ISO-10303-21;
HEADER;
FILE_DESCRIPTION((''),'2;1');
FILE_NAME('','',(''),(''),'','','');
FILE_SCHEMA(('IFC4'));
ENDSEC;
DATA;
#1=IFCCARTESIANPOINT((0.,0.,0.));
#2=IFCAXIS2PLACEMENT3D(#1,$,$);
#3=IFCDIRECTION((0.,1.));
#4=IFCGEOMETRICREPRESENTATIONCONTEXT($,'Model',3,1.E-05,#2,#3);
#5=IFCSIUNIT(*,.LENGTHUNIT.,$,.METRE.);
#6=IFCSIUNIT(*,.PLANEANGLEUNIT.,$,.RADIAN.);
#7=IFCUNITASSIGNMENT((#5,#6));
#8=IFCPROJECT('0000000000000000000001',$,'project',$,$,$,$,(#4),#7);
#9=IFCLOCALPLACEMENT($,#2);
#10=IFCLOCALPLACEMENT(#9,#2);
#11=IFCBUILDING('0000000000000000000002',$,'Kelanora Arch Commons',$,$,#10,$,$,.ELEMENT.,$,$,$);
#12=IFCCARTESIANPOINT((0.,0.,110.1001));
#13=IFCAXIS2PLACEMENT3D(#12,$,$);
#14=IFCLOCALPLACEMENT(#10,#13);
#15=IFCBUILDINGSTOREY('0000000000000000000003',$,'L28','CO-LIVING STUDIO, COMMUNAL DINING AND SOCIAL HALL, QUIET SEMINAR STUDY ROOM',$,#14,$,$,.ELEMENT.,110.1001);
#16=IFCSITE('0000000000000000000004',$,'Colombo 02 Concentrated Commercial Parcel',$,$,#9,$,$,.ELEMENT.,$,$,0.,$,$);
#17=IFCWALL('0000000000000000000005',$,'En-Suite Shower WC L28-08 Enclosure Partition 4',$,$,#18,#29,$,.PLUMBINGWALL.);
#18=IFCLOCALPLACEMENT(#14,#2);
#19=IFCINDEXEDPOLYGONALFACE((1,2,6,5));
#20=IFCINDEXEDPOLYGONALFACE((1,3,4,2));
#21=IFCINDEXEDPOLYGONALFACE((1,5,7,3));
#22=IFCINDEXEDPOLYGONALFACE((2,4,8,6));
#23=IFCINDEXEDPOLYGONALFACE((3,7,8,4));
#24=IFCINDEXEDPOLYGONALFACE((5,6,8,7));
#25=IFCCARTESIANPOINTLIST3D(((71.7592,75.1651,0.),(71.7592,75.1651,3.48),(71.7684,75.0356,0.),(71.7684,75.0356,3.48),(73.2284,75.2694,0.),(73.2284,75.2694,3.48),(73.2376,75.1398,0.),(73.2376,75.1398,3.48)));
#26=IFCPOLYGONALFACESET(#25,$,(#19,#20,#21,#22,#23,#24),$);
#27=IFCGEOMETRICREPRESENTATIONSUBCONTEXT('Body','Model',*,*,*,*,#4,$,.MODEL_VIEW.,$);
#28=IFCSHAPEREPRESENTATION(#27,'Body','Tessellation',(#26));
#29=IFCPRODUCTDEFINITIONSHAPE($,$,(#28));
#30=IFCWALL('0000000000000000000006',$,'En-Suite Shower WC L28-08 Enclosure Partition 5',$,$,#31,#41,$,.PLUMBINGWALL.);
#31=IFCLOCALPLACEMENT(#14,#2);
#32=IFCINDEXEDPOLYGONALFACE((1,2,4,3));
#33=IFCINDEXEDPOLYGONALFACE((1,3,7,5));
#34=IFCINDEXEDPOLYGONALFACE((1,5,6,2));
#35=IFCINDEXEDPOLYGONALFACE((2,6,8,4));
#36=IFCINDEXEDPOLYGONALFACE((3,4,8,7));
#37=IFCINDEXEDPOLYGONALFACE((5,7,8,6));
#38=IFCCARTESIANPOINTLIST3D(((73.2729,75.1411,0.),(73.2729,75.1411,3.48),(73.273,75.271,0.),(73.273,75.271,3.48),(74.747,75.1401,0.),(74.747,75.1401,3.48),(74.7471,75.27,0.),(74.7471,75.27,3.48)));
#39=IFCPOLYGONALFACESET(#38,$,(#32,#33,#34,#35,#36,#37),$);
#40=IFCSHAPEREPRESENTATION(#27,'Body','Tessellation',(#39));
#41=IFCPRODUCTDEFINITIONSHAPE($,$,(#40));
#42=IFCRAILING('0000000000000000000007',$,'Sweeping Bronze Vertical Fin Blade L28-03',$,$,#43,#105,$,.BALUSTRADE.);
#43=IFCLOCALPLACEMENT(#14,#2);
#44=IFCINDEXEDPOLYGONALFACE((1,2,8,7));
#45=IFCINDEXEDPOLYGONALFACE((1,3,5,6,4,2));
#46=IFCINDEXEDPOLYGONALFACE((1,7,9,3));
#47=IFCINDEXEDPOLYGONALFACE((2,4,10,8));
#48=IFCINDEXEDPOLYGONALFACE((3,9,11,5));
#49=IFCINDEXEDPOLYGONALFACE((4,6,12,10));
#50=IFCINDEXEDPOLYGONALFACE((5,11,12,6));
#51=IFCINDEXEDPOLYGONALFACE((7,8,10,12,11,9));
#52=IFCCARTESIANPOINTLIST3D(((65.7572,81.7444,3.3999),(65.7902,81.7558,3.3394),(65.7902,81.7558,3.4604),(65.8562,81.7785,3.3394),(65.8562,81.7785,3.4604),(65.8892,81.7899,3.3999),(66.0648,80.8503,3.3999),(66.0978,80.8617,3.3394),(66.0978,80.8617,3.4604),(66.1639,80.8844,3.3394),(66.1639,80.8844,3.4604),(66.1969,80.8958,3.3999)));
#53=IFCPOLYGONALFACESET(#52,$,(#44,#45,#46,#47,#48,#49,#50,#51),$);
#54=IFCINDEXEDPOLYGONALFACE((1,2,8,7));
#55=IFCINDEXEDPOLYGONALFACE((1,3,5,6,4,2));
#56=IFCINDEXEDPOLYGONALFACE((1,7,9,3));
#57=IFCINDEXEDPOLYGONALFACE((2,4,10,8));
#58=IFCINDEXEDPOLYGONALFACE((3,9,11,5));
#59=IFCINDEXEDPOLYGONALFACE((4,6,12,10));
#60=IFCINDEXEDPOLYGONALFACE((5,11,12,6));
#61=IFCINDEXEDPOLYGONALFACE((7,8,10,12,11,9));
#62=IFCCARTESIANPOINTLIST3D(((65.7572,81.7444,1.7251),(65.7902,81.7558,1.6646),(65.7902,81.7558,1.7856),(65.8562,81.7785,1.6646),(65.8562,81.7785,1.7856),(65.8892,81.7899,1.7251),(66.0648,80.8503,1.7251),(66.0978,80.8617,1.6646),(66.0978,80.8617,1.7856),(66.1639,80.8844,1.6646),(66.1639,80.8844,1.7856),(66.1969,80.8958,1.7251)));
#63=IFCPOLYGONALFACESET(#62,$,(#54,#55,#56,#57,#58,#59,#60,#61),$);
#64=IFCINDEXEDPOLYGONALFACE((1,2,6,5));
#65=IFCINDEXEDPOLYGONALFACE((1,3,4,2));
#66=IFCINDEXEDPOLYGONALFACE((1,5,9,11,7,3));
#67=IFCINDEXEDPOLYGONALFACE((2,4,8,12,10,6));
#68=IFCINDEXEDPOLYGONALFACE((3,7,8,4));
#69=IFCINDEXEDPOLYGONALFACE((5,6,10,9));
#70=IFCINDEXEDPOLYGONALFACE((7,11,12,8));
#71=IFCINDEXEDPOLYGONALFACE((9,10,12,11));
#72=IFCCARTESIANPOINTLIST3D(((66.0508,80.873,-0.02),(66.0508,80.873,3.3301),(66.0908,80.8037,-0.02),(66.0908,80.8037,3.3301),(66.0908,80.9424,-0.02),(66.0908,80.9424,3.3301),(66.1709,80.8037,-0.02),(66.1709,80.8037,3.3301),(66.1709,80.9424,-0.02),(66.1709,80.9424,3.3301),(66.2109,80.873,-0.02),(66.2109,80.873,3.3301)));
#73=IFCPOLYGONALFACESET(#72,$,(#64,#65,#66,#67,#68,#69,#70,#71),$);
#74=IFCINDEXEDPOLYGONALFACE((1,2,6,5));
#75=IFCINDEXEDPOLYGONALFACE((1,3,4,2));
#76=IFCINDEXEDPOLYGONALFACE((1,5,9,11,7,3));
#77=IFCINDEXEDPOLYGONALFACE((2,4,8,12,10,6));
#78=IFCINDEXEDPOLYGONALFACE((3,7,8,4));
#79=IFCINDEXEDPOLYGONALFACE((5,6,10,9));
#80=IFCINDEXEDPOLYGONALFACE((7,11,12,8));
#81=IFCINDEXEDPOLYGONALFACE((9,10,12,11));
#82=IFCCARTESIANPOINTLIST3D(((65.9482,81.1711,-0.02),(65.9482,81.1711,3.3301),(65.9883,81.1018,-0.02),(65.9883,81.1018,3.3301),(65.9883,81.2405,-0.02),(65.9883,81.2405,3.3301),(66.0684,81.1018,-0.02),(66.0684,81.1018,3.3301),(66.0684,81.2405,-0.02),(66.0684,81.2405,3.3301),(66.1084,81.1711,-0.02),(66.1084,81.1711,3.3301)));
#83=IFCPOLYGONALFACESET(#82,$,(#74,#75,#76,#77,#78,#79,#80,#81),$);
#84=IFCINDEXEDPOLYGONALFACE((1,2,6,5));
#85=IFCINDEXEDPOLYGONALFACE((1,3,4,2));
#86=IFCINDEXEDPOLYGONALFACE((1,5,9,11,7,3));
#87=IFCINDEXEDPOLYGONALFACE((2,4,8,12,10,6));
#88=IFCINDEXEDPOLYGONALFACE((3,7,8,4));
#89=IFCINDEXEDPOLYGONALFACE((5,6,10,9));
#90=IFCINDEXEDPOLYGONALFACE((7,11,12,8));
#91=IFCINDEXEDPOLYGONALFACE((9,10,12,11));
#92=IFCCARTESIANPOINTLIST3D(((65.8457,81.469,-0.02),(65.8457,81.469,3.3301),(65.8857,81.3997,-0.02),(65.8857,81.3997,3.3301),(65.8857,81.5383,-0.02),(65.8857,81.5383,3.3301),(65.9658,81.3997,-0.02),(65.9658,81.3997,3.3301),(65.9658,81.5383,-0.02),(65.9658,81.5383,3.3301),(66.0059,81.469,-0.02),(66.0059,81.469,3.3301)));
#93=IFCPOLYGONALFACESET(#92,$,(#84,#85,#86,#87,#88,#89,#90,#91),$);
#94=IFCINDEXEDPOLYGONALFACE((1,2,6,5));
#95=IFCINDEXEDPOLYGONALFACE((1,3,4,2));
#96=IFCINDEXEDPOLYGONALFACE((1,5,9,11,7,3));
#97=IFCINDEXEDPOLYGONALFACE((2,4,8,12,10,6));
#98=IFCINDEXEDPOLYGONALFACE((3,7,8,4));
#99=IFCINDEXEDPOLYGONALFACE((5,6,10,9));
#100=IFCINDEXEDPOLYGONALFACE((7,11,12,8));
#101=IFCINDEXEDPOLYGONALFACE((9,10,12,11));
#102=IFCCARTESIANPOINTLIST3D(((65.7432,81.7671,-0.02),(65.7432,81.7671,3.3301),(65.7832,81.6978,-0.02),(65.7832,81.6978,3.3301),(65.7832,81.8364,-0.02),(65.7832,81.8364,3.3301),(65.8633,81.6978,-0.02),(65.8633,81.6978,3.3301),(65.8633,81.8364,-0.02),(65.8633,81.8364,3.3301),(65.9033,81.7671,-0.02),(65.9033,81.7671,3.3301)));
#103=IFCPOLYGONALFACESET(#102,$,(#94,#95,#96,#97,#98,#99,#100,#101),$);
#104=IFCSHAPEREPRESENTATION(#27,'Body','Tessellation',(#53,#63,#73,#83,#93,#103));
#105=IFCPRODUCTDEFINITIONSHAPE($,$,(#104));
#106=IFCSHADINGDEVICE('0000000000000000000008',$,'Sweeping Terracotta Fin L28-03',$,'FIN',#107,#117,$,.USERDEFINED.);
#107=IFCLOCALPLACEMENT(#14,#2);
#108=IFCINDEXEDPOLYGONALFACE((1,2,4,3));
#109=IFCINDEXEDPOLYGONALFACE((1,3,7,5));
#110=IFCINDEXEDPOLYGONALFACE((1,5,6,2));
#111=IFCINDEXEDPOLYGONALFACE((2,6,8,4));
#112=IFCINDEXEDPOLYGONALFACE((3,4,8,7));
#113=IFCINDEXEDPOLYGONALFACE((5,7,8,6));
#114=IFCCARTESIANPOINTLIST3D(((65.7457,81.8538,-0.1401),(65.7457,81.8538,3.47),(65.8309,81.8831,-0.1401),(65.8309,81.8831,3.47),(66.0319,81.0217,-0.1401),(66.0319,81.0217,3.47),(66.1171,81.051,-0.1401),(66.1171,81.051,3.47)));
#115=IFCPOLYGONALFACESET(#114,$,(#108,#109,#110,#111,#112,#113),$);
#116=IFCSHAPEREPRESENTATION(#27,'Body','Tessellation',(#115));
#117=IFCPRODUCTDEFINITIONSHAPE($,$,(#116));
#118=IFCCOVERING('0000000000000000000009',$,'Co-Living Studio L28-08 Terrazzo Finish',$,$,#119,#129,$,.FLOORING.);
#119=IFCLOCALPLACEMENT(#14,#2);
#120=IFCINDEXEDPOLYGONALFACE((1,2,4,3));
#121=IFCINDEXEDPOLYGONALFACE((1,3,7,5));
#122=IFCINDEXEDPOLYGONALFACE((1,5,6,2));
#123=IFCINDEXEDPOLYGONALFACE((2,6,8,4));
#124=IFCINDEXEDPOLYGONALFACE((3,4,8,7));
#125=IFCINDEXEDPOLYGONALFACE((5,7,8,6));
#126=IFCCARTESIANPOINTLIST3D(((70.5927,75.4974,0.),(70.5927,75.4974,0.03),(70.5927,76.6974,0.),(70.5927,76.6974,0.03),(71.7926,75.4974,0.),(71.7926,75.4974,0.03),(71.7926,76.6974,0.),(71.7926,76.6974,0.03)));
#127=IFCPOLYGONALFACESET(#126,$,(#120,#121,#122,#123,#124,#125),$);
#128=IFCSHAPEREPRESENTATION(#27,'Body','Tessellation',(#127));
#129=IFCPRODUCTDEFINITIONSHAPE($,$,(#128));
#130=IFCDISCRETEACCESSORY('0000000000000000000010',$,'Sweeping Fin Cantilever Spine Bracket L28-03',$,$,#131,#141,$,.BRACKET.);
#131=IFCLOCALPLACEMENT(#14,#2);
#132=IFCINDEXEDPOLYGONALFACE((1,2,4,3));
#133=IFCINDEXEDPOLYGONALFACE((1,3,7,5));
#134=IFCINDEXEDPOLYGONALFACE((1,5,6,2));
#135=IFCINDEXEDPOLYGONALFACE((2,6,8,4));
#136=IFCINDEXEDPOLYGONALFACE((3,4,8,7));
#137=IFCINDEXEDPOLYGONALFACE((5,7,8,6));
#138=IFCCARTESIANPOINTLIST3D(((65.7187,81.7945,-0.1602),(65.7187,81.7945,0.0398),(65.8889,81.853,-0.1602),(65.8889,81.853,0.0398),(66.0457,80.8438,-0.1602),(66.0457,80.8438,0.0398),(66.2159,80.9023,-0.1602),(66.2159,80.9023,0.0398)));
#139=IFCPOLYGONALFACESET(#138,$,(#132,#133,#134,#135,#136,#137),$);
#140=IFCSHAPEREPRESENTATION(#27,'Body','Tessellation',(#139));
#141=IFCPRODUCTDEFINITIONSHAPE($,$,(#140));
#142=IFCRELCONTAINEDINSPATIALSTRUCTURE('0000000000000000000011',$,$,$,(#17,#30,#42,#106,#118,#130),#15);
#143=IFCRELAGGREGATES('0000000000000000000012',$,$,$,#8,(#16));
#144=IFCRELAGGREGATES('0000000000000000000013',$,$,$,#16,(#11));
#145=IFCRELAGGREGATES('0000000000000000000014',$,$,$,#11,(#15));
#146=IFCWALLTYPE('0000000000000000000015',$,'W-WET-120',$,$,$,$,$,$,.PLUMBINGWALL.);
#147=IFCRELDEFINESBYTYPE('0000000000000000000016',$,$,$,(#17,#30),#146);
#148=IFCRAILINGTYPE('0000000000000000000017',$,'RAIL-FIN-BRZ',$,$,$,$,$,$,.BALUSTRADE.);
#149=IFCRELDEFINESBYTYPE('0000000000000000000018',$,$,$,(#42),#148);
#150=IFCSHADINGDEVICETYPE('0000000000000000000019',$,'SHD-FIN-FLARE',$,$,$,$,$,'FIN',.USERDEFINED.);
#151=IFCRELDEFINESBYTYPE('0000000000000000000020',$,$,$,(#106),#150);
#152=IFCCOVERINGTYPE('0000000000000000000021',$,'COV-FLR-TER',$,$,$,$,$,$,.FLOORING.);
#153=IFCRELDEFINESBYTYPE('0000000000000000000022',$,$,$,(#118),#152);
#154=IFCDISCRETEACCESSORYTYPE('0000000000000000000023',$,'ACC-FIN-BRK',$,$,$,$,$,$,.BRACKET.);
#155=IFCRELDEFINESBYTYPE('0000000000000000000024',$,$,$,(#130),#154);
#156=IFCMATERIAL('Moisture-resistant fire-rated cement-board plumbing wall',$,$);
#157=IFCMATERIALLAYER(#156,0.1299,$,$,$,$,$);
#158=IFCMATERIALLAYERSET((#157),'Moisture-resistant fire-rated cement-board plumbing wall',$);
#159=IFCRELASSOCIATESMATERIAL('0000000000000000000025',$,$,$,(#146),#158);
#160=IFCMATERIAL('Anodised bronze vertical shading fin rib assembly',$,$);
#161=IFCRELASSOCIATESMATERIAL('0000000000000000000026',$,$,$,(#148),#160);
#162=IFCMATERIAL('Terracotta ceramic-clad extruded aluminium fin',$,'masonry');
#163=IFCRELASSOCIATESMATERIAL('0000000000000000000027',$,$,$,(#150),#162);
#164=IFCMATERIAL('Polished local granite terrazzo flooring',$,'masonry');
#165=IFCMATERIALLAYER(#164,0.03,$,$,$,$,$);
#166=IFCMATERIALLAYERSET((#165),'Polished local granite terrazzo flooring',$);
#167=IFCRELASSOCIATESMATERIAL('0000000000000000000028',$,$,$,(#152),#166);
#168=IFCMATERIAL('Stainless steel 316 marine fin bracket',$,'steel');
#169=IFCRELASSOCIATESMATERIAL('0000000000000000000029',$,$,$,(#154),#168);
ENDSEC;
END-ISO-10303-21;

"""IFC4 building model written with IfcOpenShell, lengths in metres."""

from ifc_helpers import new_model, si_unit, direction, frame, frame_2d, origin, origin_2d, place, context, subcontext, project, spatial, polyline, rectangle, outline, extrude, source, transform, mapped, material, layer, layer_set, type_object, element, save


model = new_model("IFC4")

# Units and contexts
model_context = context("Model", 3, precision=1e-05, world=origin(), true_north=direction((0.0, 1.0)))
body_context = subcontext(model_context, "Body", "Model", "MODEL_VIEW")
ifc_project = project(units=[si_unit("LENGTHUNIT", "METRE"), si_unit("PLANEANGLEUNIT", "RADIAN")], contexts=[model_context])

# Site, building, storey
site_placement = place(None, origin())
site = spatial("IfcSite", under=ifc_project, at=site_placement, Name="Colombo 02 Concentrated Commercial Parcel", CompositionType="ELEMENT", RefElevation=0.0)
building_placement = place(site_placement, origin())
building = spatial("IfcBuilding", under=site, at=building_placement, Name="Kelanora Arch Commons", CompositionType="ELEMENT")
storey_placement = place(building_placement, frame((0.0, 0.0, 110.1001)))
storey = spatial("IfcBuildingStorey", under=building, at=storey_placement, Name="L28", Description="CO-LIVING STUDIO, COMMUNAL DINING AND SOCIAL HALL, QUIET SEMINAR STUDY ROOM", CompositionType="ELEMENT", Elevation=110.1001)

# Shared definitions
ifc_material_1 = material(Name="Moisture-resistant fire-rated cement-board plumbing wall")
ifc_layer_1 = layer(ifc_material_1, 0.1299)
ifc_layer_set_1 = layer_set([ifc_layer_1], Name="Moisture-resistant fire-rated cement-board plumbing wall")
wall_type_1 = type_object("IfcWallType", Name="W-WET-120", PredefinedType="PLUMBINGWALL", material=ifc_layer_set_1)

# Walls
wall_1_placement = place(storey_placement, frame((71.7639, 75.1003, 0.0), z_axis=(0.0, 0.0, 1.0), x_axis=(0.997492, 0.070776, 0.0)))
element("IfcWall", 1, at=wall_1_placement, inside=storey, type_object=wall_type_1, Name="En-Suite Shower WC L28-08 Enclosure Partition 4", PredefinedType="PLUMBINGWALL", context=body_context, shape_type="SweptSolid", body=[
    extrude(rectangle(XDim=1.4729, YDim=0.1299, at=frame_2d((0.7363, 0.0))), origin(), (0.0, 0.0, 1.0), 3.48),
])
wall_2_placement = place(storey_placement, frame((73.2729, 75.2061, 0.0), z_axis=(0.0, 0.0, 1.0), x_axis=(1.0, -0.000662, 0.0)))
element("IfcWall", 2, at=wall_2_placement, inside=storey, type_object=wall_type_1, Name="En-Suite Shower WC L28-08 Enclosure Partition 5", PredefinedType="PLUMBINGWALL", context=body_context, shape_type="SweptSolid", body=[
    extrude(rectangle(XDim=1.4741, YDim=0.1299, at=frame_2d((0.7371, 0.0))), origin(), (0.0, 0.0, 1.0), 3.48),
])

# Railing
ifc_material_2 = material(Name="Anodised bronze vertical shading fin rib assembly")
railing_type = type_object("IfcRailingType", Name="RAIL-FIN-BRZ", PredefinedType="BALUSTRADE", material=ifc_material_2)
railing_placement = place(storey_placement, frame((66.1309, 80.873, -0.02)))
element("IfcRailing", 3, at=railing_placement, inside=storey, type_object=railing_type, Name="Sweeping Bronze Vertical Fin Blade L28-03", PredefinedType="BALUSTRADE", context=body_context, shape_type="SweptSolid", body=[
    extrude(outline(polyline([(0.0698, 0.0), (0.0349, 0.0605), (-0.0349, 0.0605), (-0.0698, 0.0), (-0.0349, -0.0605), (0.0349, -0.0605), (0.0698, 0.0)])), frame((0.0, 0.0, 3.4199), z_axis=(-0.325354, 0.945592, 0.0), x_axis=(-0.945592, -0.325354, 0.0)), (0.0, 0.0, 1.0), 0.9456),
    extrude(outline(polyline([(0.0698, 0.0), (0.0349, 0.0605), (-0.0349, 0.0605), (-0.0698, 0.0), (-0.0349, -0.0605), (0.0349, -0.0605), (0.0698, 0.0)])), frame((0.0, 0.0, 1.7451), z_axis=(-0.325354, 0.945592, 0.0), x_axis=(-0.945592, -0.325354, 0.0)), (0.0, 0.0, 1.0), 0.9456),
    extrude(outline(polyline([(0.0801, 0.0), (0.04, 0.0693), (-0.04, 0.0693), (-0.0801, 0.0), (-0.04, -0.0693), (0.04, -0.0693), (0.0801, 0.0)])), origin(), (0.0, 0.0, 1.0), 3.3501),
    extrude(outline(polyline([(0.0801, 0.0), (0.04, 0.0693), (-0.04, 0.0693), (-0.0801, 0.0), (-0.04, -0.0693), (0.04, -0.0693), (0.0801, 0.0)])), frame((-0.1025, 0.2981, 0.0)), (0.0, 0.0, 1.0), 3.3501),
    extrude(outline(polyline([(0.0801, 0.0), (0.04, 0.0693), (-0.04, 0.0693), (-0.0801, 0.0), (-0.04, -0.0693), (0.04, -0.0693), (0.0801, 0.0)])), frame((-0.2051, 0.5959, 0.0)), (0.0, 0.0, 1.0), 3.3501),
    extrude(outline(polyline([(0.0801, 0.0), (0.04, 0.0693), (-0.04, 0.0693), (-0.0801, 0.0), (-0.04, -0.0693), (0.04, -0.0693), (0.0801, 0.0)])), frame((-0.3076, 0.894, 0.0)), (0.0, 0.0, 1.0), 3.3501),
])

# Shading device
ifc_material_3 = material(Name="Terracotta ceramic-clad extruded aluminium fin", Category="masonry")
shading_device_type = type_object("IfcShadingDeviceType", Name="SHD-FIN-FLARE", ElementType="FIN", PredefinedType="USERDEFINED", material=ifc_material_3)
shared_shape_1 = source(origin(), body_context, "Body", "SweptSolid", [
    extrude(rectangle(XDim=0.8799, YDim=0.0901, at=origin_2d()), origin(), (0.0, 0.0, 1.0), 3.6101),
])
shading_device_placement = place(storey_placement, frame((65.9314, 81.4524, -0.1401), z_axis=(0.0, 0.0, 1.0), x_axis=(-0.325238, 0.945632, 0.0)))
element("IfcShadingDevice", 4, at=shading_device_placement, inside=storey, type_object=shading_device_type, Name="Sweeping Terracotta Fin L28-03", ObjectType="FIN", PredefinedType="USERDEFINED", context=body_context, shape_type="MappedRepresentation", body=[
    mapped(shared_shape_1, transform((0.0, 0.0, 0.0), scale=1.0)),
])

# Covering
ifc_material_4 = material(Name="Polished local granite terrazzo flooring", Category="masonry")
ifc_layer_2 = layer(ifc_material_4, 0.03)
ifc_layer_set_2 = layer_set([ifc_layer_2], Name="Polished local granite terrazzo flooring")
covering_type = type_object("IfcCoveringType", Name="COV-FLR-TER", PredefinedType="FLOORING", material=ifc_layer_set_2)
shared_shape_2 = source(origin(), body_context, "Body", "SweptSolid", [
    extrude(rectangle(XDim=1.2, YDim=1.2, at=origin_2d()), origin(), (0.0, 0.0, 1.0), 0.03),
])
covering_placement = place(storey_placement, frame((71.1926, 76.0974, 0.0), z_axis=(0.0, 0.0, 1.0), x_axis=(1.0, 0.0, 0.0)))
element("IfcCovering", 5, at=covering_placement, inside=storey, type_object=covering_type, Name="Co-Living Studio L28-08 Terrazzo Finish", PredefinedType="FLOORING", context=body_context, shape_type="MappedRepresentation", body=[
    mapped(shared_shape_2, transform((0.0, 0.0, 0.0), scale=1.0)),
])

# Discrete accessory
ifc_material_5 = material(Name="Stainless steel 316 marine fin bracket", Category="steel")
discrete_accessory_type = type_object("IfcDiscreteAccessoryType", Name="ACC-FIN-BRK", PredefinedType="BRACKET", material=ifc_material_5)
shared_shape_3 = source(origin(), body_context, "Body", "SweptSolid", [
    extrude(rectangle(XDim=1.0054, YDim=0.1799, at=origin_2d()), origin(), (0.0, 0.0, 1.0), 0.2),
])
discrete_accessory_placement = place(storey_placement, frame((65.9673, 81.3484, -0.1602), z_axis=(0.0, 0.0, 1.0), x_axis=(-0.325238, 0.945632, 0.0)))
element("IfcDiscreteAccessory", 6, at=discrete_accessory_placement, inside=storey, type_object=discrete_accessory_type, Name="Sweeping Fin Cantilever Spine Bracket L28-03", PredefinedType="BRACKET", context=body_context, shape_type="MappedRepresentation", body=[
    mapped(shared_shape_3, transform((0.0, 0.0, 0.0), scale=1.0)),
])

save(model, "model.ifc")
